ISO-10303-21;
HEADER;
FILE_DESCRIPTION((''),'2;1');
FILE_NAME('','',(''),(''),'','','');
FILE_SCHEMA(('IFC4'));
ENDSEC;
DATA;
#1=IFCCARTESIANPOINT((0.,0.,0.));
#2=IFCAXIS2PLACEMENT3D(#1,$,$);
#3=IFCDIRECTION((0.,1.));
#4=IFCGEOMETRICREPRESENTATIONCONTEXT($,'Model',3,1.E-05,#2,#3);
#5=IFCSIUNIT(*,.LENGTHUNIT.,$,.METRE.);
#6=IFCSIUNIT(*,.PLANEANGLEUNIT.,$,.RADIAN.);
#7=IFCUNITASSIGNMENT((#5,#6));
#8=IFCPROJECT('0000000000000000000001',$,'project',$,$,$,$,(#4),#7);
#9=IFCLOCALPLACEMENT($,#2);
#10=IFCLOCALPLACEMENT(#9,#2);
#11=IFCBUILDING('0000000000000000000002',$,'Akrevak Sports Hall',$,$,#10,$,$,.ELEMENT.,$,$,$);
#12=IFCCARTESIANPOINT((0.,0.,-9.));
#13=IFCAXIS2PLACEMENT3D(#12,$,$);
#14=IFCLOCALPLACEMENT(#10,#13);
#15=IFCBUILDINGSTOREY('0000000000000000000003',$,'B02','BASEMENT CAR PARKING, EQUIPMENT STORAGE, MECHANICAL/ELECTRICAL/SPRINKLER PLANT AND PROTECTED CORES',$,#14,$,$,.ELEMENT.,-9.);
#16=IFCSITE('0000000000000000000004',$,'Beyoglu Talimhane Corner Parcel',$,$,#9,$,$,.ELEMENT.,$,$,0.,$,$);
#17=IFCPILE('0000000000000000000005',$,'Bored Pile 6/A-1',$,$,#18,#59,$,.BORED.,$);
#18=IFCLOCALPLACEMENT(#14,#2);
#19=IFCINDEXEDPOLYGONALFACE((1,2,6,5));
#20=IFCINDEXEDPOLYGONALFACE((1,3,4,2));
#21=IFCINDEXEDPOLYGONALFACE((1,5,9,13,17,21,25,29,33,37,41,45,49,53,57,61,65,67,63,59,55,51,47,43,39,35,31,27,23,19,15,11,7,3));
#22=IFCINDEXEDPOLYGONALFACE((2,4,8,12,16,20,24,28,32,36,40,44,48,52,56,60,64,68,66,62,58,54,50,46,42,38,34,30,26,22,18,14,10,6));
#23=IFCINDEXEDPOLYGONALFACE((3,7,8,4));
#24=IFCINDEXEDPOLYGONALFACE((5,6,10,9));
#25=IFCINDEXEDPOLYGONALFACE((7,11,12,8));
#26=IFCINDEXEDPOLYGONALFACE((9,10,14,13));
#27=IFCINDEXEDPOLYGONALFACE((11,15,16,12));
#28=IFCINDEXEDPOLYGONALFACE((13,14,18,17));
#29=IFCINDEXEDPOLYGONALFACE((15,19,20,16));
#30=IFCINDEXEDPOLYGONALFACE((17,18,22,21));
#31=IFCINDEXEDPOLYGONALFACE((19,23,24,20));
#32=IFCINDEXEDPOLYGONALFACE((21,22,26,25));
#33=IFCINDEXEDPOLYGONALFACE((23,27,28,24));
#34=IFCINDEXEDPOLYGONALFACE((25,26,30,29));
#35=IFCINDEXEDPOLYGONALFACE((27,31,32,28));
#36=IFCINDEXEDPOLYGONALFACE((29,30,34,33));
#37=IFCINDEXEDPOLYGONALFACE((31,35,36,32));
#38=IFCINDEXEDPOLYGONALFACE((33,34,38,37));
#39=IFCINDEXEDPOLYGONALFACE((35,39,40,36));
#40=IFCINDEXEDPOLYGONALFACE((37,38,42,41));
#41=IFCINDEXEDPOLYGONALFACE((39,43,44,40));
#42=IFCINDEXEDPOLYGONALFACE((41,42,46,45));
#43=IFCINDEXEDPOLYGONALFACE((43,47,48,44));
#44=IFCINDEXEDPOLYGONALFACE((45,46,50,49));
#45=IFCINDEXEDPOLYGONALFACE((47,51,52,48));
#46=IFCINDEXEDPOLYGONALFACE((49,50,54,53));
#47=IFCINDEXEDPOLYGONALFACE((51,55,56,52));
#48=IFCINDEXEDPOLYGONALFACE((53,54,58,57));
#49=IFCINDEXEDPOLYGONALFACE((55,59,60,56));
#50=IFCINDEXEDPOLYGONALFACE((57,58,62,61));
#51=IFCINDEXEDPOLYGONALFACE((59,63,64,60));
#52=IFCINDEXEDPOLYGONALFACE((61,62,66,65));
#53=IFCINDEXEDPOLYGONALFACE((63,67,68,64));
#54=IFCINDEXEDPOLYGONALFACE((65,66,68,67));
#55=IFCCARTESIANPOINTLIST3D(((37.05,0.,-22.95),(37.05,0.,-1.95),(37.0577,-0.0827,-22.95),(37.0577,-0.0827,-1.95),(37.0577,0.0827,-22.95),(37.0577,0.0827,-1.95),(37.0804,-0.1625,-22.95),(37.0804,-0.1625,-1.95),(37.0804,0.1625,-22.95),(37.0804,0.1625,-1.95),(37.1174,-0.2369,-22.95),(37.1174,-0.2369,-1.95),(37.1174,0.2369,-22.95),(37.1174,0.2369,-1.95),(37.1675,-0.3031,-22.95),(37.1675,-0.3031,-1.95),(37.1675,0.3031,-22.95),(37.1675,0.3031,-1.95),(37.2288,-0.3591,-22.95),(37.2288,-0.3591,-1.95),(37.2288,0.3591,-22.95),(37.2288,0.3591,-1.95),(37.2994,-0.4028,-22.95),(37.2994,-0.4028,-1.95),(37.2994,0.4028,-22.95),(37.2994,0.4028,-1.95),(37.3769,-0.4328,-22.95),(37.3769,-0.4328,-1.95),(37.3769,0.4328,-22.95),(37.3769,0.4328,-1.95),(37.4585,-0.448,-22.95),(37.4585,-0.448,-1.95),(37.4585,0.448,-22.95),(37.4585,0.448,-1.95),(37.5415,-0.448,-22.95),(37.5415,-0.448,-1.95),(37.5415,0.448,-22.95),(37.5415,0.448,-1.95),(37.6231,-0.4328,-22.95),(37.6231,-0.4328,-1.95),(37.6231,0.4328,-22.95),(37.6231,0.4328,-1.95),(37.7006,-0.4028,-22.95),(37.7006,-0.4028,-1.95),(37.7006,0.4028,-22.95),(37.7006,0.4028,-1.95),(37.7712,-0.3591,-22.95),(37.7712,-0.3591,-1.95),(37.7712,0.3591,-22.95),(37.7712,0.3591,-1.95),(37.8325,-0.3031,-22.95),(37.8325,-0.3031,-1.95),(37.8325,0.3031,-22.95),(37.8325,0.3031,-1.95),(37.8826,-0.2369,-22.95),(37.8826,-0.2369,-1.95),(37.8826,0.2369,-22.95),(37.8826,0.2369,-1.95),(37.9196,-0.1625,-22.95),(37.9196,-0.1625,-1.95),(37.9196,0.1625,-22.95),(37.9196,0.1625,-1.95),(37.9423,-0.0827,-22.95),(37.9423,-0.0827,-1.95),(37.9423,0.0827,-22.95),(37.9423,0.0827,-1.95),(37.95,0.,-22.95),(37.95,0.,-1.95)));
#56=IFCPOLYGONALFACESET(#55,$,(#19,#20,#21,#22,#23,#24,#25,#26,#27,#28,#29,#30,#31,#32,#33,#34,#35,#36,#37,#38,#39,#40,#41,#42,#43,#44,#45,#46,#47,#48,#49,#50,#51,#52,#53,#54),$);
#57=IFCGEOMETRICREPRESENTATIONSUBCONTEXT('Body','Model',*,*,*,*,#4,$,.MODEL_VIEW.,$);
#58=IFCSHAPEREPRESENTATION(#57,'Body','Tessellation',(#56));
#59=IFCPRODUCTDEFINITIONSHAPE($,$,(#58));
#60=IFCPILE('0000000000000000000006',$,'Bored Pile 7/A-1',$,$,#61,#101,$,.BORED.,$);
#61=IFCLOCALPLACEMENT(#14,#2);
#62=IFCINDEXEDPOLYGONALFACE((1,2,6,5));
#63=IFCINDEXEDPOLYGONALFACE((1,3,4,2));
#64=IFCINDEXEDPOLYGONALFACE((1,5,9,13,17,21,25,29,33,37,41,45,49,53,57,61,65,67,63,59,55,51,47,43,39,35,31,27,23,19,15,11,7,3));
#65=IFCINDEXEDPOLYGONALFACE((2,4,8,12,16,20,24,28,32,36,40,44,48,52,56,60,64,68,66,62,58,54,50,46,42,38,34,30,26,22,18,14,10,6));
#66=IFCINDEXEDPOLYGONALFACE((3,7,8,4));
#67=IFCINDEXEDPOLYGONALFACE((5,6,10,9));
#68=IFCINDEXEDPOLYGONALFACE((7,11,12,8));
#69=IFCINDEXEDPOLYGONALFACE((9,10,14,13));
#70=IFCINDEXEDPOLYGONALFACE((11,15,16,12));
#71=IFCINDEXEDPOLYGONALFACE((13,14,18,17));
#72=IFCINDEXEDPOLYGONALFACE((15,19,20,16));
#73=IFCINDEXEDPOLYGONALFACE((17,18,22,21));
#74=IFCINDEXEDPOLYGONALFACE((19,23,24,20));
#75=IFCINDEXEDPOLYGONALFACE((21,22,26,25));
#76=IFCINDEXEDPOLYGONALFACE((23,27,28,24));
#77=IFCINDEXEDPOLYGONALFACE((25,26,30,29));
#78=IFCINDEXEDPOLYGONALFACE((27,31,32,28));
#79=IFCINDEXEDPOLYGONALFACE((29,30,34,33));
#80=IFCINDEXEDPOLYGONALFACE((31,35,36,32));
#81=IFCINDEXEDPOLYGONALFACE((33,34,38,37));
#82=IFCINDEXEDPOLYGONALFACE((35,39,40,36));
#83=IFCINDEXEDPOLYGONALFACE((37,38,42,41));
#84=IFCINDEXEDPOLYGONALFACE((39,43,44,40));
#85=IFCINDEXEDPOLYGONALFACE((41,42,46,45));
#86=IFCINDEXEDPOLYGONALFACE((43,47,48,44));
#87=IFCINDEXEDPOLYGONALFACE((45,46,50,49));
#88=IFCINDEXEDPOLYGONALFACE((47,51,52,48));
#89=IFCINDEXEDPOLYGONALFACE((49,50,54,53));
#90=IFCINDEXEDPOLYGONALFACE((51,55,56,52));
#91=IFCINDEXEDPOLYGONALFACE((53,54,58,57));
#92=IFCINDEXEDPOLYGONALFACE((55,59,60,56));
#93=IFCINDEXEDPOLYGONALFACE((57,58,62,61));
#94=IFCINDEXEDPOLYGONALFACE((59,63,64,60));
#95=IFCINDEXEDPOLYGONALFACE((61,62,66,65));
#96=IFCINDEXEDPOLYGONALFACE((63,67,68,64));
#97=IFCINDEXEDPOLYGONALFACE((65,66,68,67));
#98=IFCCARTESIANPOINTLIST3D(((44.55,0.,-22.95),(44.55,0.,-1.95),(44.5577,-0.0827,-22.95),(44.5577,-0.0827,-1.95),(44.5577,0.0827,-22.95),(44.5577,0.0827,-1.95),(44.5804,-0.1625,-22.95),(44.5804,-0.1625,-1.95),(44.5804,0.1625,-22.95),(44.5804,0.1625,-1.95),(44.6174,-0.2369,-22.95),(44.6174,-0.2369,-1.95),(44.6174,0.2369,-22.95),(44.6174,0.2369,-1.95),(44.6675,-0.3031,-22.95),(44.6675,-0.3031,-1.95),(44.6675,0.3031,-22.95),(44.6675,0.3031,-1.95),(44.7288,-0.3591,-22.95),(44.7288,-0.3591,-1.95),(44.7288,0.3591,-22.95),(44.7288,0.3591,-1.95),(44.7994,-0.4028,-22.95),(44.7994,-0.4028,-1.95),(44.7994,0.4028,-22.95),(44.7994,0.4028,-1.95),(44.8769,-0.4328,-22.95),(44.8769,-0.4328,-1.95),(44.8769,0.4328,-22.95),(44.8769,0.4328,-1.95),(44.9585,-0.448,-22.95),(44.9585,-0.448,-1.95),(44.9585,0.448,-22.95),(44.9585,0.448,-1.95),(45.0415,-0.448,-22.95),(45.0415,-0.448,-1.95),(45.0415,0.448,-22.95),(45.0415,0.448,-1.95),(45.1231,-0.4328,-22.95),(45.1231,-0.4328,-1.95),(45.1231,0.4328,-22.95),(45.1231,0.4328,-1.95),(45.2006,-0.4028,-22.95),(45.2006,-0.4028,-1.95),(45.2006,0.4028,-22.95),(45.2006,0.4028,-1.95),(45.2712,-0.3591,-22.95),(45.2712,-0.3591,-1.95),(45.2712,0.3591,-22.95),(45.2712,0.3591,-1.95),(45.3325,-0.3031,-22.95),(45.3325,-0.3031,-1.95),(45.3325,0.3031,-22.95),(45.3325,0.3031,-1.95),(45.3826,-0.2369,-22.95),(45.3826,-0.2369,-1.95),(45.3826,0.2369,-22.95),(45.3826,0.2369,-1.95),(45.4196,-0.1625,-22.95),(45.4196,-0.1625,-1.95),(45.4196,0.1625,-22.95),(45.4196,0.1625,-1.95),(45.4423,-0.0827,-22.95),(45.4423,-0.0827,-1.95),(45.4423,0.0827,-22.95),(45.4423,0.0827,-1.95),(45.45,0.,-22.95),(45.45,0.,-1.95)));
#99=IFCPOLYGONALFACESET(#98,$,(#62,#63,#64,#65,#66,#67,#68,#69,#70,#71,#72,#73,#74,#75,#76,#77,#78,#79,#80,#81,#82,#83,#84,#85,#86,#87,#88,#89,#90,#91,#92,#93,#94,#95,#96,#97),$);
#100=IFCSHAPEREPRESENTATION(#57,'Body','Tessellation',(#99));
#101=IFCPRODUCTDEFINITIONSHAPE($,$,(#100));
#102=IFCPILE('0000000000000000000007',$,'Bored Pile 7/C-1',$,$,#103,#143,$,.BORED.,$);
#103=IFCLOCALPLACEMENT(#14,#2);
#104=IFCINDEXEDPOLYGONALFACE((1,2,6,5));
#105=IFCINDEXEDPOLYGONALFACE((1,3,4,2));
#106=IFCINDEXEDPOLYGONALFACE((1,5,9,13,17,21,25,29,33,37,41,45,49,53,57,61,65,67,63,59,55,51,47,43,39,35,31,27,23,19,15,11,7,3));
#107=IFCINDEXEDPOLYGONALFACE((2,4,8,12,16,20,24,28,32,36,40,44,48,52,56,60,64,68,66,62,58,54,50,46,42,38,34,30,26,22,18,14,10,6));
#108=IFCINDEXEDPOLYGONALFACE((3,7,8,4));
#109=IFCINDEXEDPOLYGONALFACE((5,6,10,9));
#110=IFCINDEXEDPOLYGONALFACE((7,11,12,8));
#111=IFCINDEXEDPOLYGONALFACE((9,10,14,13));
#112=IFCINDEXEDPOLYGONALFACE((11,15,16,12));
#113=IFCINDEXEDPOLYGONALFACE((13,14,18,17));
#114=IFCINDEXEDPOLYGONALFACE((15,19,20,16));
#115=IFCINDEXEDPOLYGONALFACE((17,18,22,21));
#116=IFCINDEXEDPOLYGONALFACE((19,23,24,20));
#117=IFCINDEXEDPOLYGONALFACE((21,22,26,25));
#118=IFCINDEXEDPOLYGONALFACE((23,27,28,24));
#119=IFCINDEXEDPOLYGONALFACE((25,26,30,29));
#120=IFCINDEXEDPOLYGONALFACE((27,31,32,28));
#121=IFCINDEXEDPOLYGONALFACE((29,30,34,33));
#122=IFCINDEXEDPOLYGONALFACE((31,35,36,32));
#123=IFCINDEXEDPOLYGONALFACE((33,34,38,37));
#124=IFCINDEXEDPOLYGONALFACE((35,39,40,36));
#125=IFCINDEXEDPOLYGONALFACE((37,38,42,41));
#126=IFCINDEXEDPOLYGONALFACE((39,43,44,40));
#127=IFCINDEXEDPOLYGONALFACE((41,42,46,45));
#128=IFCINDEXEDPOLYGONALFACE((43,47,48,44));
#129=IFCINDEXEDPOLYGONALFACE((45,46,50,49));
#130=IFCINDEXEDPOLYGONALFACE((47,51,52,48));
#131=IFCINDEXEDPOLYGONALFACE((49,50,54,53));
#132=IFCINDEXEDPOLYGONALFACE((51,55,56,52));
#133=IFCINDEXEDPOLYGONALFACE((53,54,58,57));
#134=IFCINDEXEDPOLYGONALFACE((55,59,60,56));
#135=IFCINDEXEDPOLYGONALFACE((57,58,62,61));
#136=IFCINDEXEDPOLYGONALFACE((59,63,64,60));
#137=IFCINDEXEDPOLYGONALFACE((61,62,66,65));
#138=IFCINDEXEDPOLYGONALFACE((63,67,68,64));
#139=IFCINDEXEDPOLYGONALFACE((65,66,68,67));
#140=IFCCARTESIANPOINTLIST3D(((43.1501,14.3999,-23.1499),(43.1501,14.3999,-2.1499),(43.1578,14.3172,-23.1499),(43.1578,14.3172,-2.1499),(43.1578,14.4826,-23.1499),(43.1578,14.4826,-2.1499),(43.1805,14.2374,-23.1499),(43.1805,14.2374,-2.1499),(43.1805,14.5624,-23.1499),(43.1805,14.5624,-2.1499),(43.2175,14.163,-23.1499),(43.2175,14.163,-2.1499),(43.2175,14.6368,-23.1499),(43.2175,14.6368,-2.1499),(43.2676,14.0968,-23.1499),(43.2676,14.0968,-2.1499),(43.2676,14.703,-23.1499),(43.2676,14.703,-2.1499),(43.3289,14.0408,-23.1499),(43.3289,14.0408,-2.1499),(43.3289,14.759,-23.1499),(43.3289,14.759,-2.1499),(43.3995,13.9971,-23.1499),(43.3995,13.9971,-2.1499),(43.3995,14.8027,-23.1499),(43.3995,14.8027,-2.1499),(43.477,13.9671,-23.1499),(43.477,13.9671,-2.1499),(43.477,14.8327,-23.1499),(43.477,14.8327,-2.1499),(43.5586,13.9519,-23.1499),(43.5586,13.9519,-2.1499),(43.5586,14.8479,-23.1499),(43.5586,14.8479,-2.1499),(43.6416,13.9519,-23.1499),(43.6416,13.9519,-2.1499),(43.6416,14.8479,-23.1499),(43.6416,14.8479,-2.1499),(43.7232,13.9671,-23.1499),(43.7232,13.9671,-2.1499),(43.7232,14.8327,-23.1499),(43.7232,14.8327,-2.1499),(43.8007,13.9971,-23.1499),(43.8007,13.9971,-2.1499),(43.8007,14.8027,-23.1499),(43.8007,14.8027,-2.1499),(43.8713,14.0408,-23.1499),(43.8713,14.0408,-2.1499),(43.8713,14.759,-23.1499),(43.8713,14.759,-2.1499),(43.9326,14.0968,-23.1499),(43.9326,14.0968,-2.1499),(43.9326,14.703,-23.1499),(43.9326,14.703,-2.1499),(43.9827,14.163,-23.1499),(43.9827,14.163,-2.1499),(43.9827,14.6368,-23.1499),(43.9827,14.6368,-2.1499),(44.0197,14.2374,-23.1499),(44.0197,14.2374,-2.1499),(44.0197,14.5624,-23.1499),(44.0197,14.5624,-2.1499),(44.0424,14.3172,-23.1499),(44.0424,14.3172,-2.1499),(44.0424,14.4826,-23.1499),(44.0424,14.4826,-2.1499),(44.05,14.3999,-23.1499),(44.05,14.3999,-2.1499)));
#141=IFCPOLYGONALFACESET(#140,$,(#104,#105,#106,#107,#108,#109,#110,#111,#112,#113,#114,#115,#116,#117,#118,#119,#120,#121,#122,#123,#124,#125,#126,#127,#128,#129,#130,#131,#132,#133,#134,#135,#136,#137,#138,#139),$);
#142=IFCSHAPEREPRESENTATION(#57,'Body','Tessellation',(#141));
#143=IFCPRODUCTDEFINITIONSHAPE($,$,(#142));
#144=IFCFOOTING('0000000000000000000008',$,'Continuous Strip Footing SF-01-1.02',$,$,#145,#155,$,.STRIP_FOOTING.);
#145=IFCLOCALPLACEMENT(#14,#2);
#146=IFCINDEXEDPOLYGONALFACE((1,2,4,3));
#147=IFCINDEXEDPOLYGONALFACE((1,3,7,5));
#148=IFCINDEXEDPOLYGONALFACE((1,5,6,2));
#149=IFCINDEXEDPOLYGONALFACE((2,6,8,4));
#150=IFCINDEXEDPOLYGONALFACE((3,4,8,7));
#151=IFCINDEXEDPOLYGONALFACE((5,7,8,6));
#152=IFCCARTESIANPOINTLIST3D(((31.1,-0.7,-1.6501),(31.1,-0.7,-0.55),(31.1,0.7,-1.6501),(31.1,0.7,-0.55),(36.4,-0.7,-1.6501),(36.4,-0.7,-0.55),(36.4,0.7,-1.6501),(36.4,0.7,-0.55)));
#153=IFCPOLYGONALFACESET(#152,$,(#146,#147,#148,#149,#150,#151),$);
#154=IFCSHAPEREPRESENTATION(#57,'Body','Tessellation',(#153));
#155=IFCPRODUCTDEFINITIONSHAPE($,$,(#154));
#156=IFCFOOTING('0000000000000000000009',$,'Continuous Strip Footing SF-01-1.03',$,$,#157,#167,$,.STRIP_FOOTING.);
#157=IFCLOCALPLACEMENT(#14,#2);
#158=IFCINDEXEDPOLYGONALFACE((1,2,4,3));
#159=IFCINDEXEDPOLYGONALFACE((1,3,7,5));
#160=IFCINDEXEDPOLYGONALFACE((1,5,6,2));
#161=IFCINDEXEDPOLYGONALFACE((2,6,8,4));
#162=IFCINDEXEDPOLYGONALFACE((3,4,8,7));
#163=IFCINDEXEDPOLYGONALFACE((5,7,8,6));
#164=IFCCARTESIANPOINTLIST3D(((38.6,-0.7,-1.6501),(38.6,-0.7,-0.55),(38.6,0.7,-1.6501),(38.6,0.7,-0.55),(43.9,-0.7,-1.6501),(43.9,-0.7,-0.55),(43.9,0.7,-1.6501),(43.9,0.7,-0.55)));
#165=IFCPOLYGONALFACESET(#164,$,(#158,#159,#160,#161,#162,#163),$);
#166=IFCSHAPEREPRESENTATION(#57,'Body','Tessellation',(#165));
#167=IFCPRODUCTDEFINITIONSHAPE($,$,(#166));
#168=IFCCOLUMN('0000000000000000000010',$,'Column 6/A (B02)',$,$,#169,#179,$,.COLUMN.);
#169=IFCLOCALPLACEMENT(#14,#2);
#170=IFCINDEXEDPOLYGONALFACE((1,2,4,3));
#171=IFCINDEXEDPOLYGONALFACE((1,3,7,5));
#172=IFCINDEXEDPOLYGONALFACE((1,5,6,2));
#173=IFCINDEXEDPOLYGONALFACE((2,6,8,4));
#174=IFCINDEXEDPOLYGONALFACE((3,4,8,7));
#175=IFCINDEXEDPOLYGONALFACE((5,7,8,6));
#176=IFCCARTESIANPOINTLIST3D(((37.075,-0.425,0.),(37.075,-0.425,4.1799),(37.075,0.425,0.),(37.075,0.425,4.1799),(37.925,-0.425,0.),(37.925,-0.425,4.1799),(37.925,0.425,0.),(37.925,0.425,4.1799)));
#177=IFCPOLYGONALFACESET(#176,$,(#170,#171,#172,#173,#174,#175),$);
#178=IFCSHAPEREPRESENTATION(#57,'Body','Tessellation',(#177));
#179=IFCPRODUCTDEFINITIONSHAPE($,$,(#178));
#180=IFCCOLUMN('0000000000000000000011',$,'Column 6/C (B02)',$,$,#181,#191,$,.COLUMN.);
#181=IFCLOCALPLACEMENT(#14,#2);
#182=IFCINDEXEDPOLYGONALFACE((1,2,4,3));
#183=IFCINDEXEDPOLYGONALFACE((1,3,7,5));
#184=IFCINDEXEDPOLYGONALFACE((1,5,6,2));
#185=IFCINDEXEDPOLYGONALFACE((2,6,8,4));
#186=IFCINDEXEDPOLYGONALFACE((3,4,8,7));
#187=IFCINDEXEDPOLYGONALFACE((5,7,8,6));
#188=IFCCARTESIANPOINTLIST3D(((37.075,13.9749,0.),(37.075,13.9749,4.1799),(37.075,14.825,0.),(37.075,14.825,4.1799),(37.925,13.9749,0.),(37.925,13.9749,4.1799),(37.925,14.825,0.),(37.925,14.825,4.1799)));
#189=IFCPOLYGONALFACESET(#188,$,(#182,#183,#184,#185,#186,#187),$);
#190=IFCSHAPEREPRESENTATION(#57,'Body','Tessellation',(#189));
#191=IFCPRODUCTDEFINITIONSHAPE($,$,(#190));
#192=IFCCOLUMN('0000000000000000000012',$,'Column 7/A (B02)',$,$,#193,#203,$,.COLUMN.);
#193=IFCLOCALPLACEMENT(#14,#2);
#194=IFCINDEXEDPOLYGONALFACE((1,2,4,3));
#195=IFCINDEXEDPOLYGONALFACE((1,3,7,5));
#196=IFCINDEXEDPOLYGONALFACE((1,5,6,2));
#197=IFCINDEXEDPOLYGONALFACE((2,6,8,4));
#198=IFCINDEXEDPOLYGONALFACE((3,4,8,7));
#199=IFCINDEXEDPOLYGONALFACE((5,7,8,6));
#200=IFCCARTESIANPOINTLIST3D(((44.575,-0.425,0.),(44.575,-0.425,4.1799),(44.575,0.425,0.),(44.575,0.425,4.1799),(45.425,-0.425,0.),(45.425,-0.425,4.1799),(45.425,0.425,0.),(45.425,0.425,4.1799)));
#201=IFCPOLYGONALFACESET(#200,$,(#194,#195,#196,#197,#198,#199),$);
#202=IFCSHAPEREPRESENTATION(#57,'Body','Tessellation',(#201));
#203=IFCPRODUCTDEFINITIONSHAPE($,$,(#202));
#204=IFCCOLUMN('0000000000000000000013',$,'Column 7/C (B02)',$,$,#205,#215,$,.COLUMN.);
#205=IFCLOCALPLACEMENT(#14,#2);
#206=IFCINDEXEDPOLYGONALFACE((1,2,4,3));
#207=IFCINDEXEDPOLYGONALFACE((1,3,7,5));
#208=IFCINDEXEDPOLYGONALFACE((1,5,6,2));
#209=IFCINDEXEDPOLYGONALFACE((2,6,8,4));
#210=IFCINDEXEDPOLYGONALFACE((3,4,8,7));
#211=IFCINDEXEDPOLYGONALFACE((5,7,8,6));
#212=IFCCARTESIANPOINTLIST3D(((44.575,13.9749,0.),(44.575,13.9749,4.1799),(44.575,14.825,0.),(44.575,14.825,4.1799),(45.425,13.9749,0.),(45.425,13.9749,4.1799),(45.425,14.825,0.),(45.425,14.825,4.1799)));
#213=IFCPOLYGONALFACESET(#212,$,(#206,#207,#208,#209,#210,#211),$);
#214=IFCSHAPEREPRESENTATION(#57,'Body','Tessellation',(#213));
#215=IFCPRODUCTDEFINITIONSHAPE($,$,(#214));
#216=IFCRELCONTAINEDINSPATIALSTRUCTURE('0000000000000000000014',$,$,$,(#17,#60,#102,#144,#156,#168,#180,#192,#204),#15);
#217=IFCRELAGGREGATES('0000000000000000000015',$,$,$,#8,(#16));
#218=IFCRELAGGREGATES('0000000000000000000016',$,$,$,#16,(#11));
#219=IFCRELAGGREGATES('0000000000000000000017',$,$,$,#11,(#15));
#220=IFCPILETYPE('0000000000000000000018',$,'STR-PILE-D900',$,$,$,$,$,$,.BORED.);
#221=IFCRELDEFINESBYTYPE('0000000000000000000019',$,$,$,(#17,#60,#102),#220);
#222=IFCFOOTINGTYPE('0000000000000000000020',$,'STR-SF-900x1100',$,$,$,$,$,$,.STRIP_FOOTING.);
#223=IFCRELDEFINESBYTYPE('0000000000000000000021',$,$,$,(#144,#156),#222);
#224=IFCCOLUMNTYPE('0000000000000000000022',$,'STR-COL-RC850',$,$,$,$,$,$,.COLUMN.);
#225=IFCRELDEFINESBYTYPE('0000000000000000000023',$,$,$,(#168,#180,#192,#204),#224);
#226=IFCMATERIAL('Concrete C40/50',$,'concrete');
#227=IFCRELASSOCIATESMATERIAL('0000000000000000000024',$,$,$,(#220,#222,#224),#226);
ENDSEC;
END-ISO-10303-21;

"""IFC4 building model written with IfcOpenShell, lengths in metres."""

from ifc_helpers import new_model, si_unit, direction, frame, origin, origin_2d, place, context, subcontext, project, spatial, rectangle, circle, extrude, material, material_profile, profile_set, type_object, element, save


model = new_model("IFC4")

# Units and contexts
model_context = context("Model", 3, precision=1e-05, world=origin(), true_north=direction((0.0, 1.0)))
body_context = subcontext(model_context, "Body", "Model", "MODEL_VIEW")
ifc_project = project(units=[si_unit("LENGTHUNIT", "METRE"), si_unit("PLANEANGLEUNIT", "RADIAN")], contexts=[model_context])

# Site, building, storey
site_placement = place(None, origin())
site = spatial("IfcSite", under=ifc_project, at=site_placement, Name="Beyoglu Talimhane Corner Parcel", CompositionType="ELEMENT", RefElevation=0.0)
building_placement = place(site_placement, origin())
building = spatial("IfcBuilding", under=site, at=building_placement, Name="Akrevak Sports Hall", CompositionType="ELEMENT")
storey_placement = place(building_placement, frame((0.0, 0.0, -9.0)))
storey = spatial("IfcBuildingStorey", under=building, at=storey_placement, Name="B02", Description="BASEMENT CAR PARKING, EQUIPMENT STORAGE, MECHANICAL/ELECTRICAL/SPRINKLER PLANT AND PROTECTED CORES", CompositionType="ELEMENT", Elevation=-9.0)

# Shared definitions
ifc_material_1 = material(Name="Concrete C40/50", Category="concrete")

# Piles
ifc_material_profile_1 = material_profile(ifc_material_1, circle(Radius=0.45, at=origin_2d()), Name="BORED PILE D900", Category="concrete")
ifc_profile_set_1 = profile_set([ifc_material_profile_1], Name="Concrete C40/50")
pile_type_1 = type_object("IfcPileType", Name="STR-PILE-D900", PredefinedType="BORED", material=ifc_profile_set_1)
for number, where, z_axis, x_axis, name in (
    (1, (37.5, 0.0, -1.95), (0.0, 0.0, -1.0), (1.0, 0.0, 0.0), "Bored Pile 6/A-1"),
    (2, (45.0, 0.0, -1.95), (0.0, 0.0, -1.0), (1.0, 0.0, 0.0), "Bored Pile 7/A-1"),
    (3, (43.6001, 14.3999, -2.1499), (0.0, 0.0, -1.0), (1.0, 0.0, 0.0), "Bored Pile 7/C-1"),
):
    element("IfcPile", number, at=place(storey_placement, frame(where, z_axis=z_axis, x_axis=x_axis)), inside=storey, type_object=pile_type_1, Name=name, PredefinedType="BORED", context=body_context, shape_type="SweptSolid", body=[
        extrude(circle(Radius=0.45, at=origin_2d()), origin(), (0.0, 0.0, 1.0), 21.0),
    ])

# Footings
footing_type_1 = type_object("IfcFootingType", Name="STR-SF-900x1100", PredefinedType="STRIP_FOOTING", material=ifc_material_1)
for number, where, z_axis, x_axis, name in (
    (4, (33.75, 0.0, -1.6501), (0.0, 0.0, 1.0), (1.0, 0.0, 0.0), "Continuous Strip Footing SF-01-1.02"),
    (5, (41.25, 0.0, -1.6501), (0.0, 0.0, 1.0), (1.0, 0.0, 0.0), "Continuous Strip Footing SF-01-1.03"),
):
    element("IfcFooting", number, at=place(storey_placement, frame(where, z_axis=z_axis, x_axis=x_axis)), inside=storey, type_object=footing_type_1, Name=name, PredefinedType="STRIP_FOOTING", context=body_context, shape_type="SweptSolid", body=[
        extrude(rectangle(XDim=5.3, YDim=1.3999, at=origin_2d()), origin(), (0.0, 0.0, 1.0), 1.1001),
    ])

# Columns
ifc_material_profile_2 = material_profile(ifc_material_1, rectangle(XDim=0.8501, YDim=0.8501, at=origin_2d()), Name="RC 850x850", Category="concrete")
ifc_profile_set_2 = profile_set([ifc_material_profile_2], Name="Concrete C40/50")
column_type = type_object("IfcColumnType", Name="STR-COL-RC850", PredefinedType="COLUMN", material=ifc_profile_set_2)
for number, where, z_axis, x_axis, name in (
    (6, (37.5, 0.0, 0.0), (0.0, 0.0, 1.0), (1.0, 0.0, 0.0), "Column 6/A (B02)"),
    (7, (37.5, 14.3999, 0.0), (0.0, 0.0, 1.0), (1.0, 0.0, 0.0), "Column 6/C (B02)"),
    (8, (45.0, 0.0, 0.0), (0.0, 0.0, 1.0), (1.0, 0.0, 0.0), "Column 7/A (B02)"),
    (9, (45.0, 14.3999, 0.0), (0.0, 0.0, 1.0), (1.0, 0.0, 0.0), "Column 7/C (B02)"),
):
    element("IfcColumn", number, at=place(storey_placement, frame(where, z_axis=z_axis, x_axis=x_axis)), inside=storey, type_object=column_type, Name=name, PredefinedType="COLUMN", context=body_context, shape_type="SweptSolid", body=[
        extrude(rectangle(XDim=0.8501, YDim=0.8501, at=origin_2d()), origin(), (0.0, 0.0, 1.0), 4.1799),
    ])

save(model, "model.ifc")
